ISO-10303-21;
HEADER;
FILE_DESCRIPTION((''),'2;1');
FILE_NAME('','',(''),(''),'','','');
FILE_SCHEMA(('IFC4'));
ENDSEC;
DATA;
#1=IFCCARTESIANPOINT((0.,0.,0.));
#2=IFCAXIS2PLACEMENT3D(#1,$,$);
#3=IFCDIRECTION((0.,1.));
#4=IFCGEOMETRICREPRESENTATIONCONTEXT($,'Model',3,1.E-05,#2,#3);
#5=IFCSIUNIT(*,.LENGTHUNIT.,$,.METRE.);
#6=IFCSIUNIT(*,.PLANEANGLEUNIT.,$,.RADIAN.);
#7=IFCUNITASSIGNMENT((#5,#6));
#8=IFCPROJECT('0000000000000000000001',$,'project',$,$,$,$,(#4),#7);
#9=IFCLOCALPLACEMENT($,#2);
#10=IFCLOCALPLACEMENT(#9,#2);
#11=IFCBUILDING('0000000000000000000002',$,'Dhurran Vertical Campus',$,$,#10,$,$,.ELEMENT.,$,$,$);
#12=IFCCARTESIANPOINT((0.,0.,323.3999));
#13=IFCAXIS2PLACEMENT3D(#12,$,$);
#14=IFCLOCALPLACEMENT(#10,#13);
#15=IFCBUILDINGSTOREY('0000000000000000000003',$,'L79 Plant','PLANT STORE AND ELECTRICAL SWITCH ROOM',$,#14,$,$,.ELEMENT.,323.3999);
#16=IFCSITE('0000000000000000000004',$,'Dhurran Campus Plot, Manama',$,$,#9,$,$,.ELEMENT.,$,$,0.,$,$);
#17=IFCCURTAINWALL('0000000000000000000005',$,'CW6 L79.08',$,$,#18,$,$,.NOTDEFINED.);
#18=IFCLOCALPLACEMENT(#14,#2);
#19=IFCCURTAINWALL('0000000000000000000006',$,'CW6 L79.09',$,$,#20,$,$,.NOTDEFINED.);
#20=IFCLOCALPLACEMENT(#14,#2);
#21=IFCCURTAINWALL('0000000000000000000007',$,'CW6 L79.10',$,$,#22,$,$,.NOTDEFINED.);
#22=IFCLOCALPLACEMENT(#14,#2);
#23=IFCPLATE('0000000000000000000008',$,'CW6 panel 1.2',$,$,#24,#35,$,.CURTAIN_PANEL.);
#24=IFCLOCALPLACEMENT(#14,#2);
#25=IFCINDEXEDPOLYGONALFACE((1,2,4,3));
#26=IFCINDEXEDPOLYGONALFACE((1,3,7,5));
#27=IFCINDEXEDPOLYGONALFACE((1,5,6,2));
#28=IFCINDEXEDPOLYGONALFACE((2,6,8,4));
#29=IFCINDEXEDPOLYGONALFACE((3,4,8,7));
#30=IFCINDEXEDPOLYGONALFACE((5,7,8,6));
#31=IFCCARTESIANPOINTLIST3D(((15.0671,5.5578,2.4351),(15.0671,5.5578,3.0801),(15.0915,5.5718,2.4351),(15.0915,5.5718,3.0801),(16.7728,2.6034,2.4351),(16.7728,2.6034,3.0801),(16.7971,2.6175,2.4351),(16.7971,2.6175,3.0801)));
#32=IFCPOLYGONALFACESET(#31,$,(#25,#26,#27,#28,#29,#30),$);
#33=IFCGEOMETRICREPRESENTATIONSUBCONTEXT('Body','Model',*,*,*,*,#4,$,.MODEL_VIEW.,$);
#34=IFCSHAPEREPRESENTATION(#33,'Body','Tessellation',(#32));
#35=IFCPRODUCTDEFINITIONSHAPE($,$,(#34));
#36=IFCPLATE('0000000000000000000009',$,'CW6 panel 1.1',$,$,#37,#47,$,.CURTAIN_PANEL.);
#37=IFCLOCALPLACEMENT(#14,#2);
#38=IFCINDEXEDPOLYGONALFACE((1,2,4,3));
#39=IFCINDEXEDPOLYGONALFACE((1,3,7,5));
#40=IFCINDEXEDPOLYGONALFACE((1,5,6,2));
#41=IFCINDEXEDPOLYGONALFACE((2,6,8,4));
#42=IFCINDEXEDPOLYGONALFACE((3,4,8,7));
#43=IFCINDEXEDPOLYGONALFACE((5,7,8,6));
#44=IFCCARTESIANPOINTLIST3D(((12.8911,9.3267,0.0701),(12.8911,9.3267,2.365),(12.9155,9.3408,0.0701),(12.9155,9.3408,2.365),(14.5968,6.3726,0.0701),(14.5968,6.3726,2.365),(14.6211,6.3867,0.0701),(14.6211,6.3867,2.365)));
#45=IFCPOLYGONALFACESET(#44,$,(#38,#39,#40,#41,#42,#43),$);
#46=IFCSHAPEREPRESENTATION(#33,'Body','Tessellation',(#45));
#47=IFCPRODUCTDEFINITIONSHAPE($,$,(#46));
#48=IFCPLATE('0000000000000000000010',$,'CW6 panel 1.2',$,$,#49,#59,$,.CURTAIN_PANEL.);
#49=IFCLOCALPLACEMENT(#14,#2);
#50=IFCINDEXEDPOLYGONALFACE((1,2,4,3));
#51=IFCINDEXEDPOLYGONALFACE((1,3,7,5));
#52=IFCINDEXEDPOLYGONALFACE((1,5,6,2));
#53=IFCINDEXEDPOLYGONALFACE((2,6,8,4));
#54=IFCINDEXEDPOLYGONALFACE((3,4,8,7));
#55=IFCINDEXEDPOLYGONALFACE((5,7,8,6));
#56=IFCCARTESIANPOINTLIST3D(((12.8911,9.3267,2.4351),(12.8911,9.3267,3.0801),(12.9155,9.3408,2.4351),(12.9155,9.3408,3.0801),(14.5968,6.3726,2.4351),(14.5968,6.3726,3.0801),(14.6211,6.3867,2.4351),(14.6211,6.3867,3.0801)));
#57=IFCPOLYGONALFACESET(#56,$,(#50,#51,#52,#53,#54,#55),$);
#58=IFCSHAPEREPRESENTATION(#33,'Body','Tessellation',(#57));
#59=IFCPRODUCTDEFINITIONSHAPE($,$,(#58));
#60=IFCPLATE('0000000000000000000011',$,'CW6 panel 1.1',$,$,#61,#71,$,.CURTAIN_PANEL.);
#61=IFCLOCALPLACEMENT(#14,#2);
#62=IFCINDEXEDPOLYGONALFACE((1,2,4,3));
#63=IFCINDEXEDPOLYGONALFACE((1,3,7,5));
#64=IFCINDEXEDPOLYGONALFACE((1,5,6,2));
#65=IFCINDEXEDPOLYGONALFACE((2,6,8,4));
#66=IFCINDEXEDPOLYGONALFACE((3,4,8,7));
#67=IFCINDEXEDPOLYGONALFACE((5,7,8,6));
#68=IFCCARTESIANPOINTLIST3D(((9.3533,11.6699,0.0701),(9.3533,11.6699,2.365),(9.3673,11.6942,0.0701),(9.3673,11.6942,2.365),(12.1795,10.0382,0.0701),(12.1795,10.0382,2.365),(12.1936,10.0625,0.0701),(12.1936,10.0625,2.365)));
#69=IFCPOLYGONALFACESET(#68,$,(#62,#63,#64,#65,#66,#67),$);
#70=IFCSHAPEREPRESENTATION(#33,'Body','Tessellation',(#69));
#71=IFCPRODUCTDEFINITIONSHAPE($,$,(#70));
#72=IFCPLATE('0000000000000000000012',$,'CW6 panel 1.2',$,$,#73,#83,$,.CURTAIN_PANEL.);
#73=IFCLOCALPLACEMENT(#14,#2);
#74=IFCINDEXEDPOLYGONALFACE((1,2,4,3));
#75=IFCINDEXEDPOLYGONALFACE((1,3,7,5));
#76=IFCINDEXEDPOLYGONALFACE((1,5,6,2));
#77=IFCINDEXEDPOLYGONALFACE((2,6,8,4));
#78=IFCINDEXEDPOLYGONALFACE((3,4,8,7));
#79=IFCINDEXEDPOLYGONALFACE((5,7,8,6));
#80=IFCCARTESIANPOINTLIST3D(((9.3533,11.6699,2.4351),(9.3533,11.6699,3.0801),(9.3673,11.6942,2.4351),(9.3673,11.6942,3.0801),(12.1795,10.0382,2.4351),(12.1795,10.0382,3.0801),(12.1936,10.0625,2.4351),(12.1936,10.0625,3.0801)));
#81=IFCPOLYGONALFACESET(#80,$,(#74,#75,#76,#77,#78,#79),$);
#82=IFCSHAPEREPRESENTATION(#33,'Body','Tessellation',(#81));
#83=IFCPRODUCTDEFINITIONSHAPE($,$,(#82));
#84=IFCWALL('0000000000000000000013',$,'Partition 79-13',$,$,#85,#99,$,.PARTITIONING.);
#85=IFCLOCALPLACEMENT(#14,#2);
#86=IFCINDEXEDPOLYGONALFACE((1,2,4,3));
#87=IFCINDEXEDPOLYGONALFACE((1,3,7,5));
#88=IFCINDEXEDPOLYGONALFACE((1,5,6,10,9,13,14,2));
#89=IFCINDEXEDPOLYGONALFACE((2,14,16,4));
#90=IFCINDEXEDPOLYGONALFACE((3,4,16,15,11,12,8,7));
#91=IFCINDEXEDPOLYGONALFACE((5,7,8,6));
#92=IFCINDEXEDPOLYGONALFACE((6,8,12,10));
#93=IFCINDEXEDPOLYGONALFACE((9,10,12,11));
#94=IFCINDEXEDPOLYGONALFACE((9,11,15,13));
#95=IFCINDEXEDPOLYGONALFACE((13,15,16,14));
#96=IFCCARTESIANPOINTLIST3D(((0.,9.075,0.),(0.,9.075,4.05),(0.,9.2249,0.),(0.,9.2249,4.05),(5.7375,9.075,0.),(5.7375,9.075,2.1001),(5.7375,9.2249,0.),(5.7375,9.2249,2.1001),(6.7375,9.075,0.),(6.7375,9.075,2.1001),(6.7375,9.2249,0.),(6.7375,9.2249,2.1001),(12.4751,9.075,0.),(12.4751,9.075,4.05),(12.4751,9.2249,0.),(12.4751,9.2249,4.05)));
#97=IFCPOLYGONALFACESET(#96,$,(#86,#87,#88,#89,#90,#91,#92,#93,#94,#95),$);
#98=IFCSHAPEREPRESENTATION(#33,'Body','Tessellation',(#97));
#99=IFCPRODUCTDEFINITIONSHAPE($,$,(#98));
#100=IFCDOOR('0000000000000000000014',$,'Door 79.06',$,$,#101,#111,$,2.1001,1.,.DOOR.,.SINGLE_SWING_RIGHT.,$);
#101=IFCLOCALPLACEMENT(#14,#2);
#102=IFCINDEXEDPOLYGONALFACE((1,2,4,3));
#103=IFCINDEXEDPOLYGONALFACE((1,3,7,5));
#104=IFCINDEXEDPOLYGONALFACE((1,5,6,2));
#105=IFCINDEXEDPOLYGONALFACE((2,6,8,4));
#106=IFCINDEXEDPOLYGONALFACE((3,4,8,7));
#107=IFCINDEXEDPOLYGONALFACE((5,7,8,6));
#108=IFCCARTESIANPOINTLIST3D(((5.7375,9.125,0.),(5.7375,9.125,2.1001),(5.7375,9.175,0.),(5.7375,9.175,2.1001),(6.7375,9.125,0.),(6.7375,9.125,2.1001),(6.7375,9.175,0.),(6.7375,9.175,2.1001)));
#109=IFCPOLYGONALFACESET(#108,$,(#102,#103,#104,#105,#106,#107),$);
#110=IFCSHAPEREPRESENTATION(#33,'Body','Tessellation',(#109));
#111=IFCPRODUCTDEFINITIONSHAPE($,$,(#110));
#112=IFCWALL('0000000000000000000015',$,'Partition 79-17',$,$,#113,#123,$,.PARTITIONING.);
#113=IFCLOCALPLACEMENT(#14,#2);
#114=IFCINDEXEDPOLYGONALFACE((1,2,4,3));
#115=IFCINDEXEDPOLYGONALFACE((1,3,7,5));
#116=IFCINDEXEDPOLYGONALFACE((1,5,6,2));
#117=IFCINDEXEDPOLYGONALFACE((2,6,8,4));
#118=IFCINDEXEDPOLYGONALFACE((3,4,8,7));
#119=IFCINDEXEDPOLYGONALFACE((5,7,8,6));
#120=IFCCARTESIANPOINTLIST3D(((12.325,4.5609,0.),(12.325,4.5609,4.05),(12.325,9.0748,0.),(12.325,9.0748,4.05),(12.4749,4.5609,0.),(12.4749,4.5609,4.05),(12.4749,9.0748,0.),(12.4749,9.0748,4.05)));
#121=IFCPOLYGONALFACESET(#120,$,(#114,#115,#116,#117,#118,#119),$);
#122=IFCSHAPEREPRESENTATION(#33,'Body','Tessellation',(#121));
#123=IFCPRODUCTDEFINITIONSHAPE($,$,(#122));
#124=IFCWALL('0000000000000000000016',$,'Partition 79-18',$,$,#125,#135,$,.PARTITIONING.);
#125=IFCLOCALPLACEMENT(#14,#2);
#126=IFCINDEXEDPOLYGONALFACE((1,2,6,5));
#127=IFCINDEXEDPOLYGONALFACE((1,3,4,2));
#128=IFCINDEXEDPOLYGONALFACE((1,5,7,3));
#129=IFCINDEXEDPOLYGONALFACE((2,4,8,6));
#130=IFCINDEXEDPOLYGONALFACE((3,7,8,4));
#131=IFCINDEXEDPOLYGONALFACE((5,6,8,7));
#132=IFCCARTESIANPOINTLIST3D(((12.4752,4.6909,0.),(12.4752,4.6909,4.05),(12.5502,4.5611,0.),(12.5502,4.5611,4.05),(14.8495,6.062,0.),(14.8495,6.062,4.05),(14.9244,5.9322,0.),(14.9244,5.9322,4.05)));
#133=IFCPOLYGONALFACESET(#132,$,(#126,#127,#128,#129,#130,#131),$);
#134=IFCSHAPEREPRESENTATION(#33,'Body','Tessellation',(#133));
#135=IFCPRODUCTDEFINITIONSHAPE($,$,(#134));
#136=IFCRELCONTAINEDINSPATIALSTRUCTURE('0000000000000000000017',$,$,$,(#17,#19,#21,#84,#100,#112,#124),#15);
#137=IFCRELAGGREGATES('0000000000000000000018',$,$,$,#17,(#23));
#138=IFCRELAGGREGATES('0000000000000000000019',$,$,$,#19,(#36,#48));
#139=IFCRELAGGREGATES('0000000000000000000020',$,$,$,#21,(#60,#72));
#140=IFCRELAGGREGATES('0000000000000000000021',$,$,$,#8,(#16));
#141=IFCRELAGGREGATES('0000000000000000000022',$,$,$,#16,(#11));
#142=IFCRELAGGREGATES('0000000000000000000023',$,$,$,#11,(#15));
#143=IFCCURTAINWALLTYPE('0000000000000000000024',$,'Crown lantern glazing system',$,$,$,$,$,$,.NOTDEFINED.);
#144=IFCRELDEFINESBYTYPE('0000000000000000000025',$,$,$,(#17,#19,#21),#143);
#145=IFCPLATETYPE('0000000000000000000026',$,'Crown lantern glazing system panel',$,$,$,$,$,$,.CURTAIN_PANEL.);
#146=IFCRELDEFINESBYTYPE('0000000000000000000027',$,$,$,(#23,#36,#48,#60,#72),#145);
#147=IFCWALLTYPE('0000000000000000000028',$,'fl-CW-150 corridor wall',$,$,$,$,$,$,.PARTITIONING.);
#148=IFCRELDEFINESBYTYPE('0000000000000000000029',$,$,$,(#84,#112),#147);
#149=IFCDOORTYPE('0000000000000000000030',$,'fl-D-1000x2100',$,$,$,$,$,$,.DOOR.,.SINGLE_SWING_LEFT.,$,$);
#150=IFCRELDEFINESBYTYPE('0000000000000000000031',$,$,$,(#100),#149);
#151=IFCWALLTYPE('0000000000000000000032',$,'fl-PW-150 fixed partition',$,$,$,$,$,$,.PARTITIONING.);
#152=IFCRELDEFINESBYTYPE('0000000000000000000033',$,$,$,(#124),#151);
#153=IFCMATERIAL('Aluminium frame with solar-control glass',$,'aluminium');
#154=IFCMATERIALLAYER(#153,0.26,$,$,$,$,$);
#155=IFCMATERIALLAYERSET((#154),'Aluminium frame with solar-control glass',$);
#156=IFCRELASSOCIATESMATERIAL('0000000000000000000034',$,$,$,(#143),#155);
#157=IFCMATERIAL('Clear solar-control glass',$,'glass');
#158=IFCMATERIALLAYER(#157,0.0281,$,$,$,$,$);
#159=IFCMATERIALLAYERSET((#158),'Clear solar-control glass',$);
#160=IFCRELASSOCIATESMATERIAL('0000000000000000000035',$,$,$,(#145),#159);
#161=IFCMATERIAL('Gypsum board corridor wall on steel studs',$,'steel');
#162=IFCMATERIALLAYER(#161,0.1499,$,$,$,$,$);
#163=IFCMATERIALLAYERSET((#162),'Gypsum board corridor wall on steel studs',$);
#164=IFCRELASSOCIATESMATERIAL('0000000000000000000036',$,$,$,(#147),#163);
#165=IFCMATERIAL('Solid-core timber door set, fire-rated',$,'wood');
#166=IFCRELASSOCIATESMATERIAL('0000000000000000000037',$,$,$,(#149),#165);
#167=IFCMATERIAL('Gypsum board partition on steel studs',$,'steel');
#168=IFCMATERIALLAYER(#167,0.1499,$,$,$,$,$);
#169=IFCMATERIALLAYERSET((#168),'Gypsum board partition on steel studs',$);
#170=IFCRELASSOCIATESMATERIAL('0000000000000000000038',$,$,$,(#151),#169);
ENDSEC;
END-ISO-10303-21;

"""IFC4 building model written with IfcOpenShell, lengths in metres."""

from ifc_helpers import new_model, si_unit, direction, frame, frame_2d, origin, origin_2d, place, context, subcontext, project, spatial, rectangle, extrude, material, layer, layer_set, type_object, element, fill, aggregate, save


model = new_model("IFC4")

# Units and contexts
model_context = context("Model", 3, precision=1e-05, world=origin(), true_north=direction((0.0, 1.0)))
body_context = subcontext(model_context, "Body", "Model", "MODEL_VIEW")
ifc_project = project(units=[si_unit("LENGTHUNIT", "METRE"), si_unit("PLANEANGLEUNIT", "RADIAN")], contexts=[model_context])

# Site, building, storey
site_placement = place(None, origin())
site = spatial("IfcSite", under=ifc_project, at=site_placement, Name="Dhurran Campus Plot, Manama", CompositionType="ELEMENT", RefElevation=0.0)
building_placement = place(site_placement, origin())
building = spatial("IfcBuilding", under=site, at=building_placement, Name="Dhurran Vertical Campus", CompositionType="ELEMENT")
storey_placement = place(building_placement, frame((0.0, 0.0, 323.3999)))
storey = spatial("IfcBuildingStorey", under=building, at=storey_placement, Name="L79 Plant", Description="PLANT STORE AND ELECTRICAL SWITCH ROOM", CompositionType="ELEMENT", Elevation=323.3999)

# Shared definitions
ifc_material_1 = material(Name="Aluminium frame with solar-control glass", Category="aluminium")
ifc_layer_1 = layer(ifc_material_1, 0.26)
ifc_layer_set_1 = layer_set([ifc_layer_1], Name="Aluminium frame with solar-control glass")
curtain_wall_type = type_object("IfcCurtainWallType", Name="Crown lantern glazing system", PredefinedType="NOTDEFINED", material=ifc_layer_set_1)

# Curtain walls
curtain_wall_1_placement = place(storey_placement, origin())
curtain_wall_1 = element("IfcCurtainWall", 1, at=curtain_wall_1_placement, inside=storey, type_object=curtain_wall_type, Name="CW6 L79.08", PredefinedType="NOTDEFINED")
curtain_wall_2_placement = place(storey_placement, origin())
curtain_wall_2 = element("IfcCurtainWall", 2, at=curtain_wall_2_placement, inside=storey, type_object=curtain_wall_type, Name="CW6 L79.09", PredefinedType="NOTDEFINED")
curtain_wall_3_placement = place(storey_placement, origin())
curtain_wall_3 = element("IfcCurtainWall", 3, at=curtain_wall_3_placement, inside=storey, type_object=curtain_wall_type, Name="CW6 L79.10", PredefinedType="NOTDEFINED")

# Plates
ifc_material_2 = material(Name="Clear solar-control glass", Category="glass")
ifc_layer_2 = layer(ifc_material_2, 0.0281)
ifc_layer_set_2 = layer_set([ifc_layer_2], Name="Clear solar-control glass")
plate_type = type_object("IfcPlateType", Name="Crown lantern glazing system panel", PredefinedType="CURTAIN_PANEL", material=ifc_layer_set_2)
plate_1_placement = place(storey_placement, frame((15.9321, 4.0876, 2.4351), z_axis=(0.0, 0.0, 1.0), x_axis=(-0.499991, 0.86603, 0.0)))
plate_1 = element("IfcPlate", 4, at=plate_1_placement, type_object=plate_type, Name="CW6 panel 1.2", PredefinedType="CURTAIN_PANEL", context=body_context, shape_type="SweptSolid", body=[
    extrude(rectangle(XDim=3.4114, YDim=0.0281, at=origin_2d()), origin(), (0.0, 0.0, 1.0), 0.645),
])
aggregate(curtain_wall_1, [plate_1])
plate_2_placement = place(storey_placement, frame((13.7561, 7.8567, 0.0701), z_axis=(0.0, 0.0, 1.0), x_axis=(-0.500016, 0.866016, 0.0)))
plate_2 = element("IfcPlate", 5, at=plate_2_placement, type_object=plate_type, Name="CW6 panel 1.1", PredefinedType="CURTAIN_PANEL", context=body_context, shape_type="SweptSolid", body=[
    extrude(rectangle(XDim=3.4111, YDim=0.0281, at=origin_2d()), origin(), (0.0, 0.0, 1.0), 2.2949),
])
plate_3_placement = place(storey_placement, frame((13.7561, 7.8567, 2.4351), z_axis=(0.0, 0.0, 1.0), x_axis=(-0.500016, 0.866016, 0.0)))
plate_3 = element("IfcPlate", 6, at=plate_3_placement, type_object=plate_type, Name="CW6 panel 1.2", PredefinedType="CURTAIN_PANEL", context=body_context, shape_type="SweptSolid", body=[
    extrude(rectangle(XDim=3.4111, YDim=0.0281, at=origin_2d()), origin(), (0.0, 0.0, 1.0), 0.645),
])
aggregate(curtain_wall_2, [plate_2, plate_3])
plate_4_placement = place(storey_placement, frame((10.7734, 10.8662, 0.0701), z_axis=(0.0, 0.0, 1.0), x_axis=(-0.86603, 0.499991, 0.0)))
plate_4 = element("IfcPlate", 7, at=plate_4_placement, type_object=plate_type, Name="CW6 panel 1.1", PredefinedType="CURTAIN_PANEL", context=body_context, shape_type="SweptSolid", body=[
    extrude(rectangle(XDim=3.2634, YDim=0.0281, at=origin_2d()), origin(), (0.0, 0.0, 1.0), 2.2949),
])
plate_5_placement = place(storey_placement, frame((10.7734, 10.8662, 2.4351), z_axis=(0.0, 0.0, 1.0), x_axis=(-0.86603, 0.499991, 0.0)))
plate_5 = element("IfcPlate", 8, at=plate_5_placement, type_object=plate_type, Name="CW6 panel 1.2", PredefinedType="CURTAIN_PANEL", context=body_context, shape_type="SweptSolid", body=[
    extrude(rectangle(XDim=3.2634, YDim=0.0281, at=origin_2d()), origin(), (0.0, 0.0, 1.0), 0.645),
])
aggregate(curtain_wall_3, [plate_4, plate_5])

# Wall, opening, door
ifc_material_3 = material(Name="Gypsum board corridor wall on steel studs", Category="steel")
ifc_layer_3 = layer(ifc_material_3, 0.1499)
ifc_layer_set_3 = layer_set([ifc_layer_3], Name="Gypsum board corridor wall on steel studs")
wall_type_1 = type_object("IfcWallType", Name="fl-CW-150 corridor wall", PredefinedType="PARTITIONING", material=ifc_layer_set_3)
wall_1_placement = place(storey_placement, frame((12.4751, 9.1499, 0.0), z_axis=(0.0, 0.0, 1.0), x_axis=(-1.0, 0.0, 0.0)))
wall_1 = element("IfcWall", 9, at=wall_1_placement, inside=storey, type_object=wall_type_1, Name="Partition 79-13", PredefinedType="PARTITIONING", context=body_context, shape_type="SweptSolid", body=[
    extrude(rectangle(XDim=12.4751, YDim=0.1499, at=frame_2d((6.2375, 0.0))), origin(), (0.0, 0.0, 1.0), 4.05),
])
opening_placement = place(wall_1_placement, frame((5.7375, 0.0, 0.0)))
opening = element("IfcOpeningElement", 10, at=opening_placement, cuts=wall_1, PredefinedType="OPENING", context=body_context, shape_type="SweptSolid", body=[
    extrude(rectangle(XDim=1.0, YDim=2.1001, at=frame_2d((0.5, 1.05))), frame((0.0, 0.085, 0.0), z_axis=(0.0, -1.0, 0.0), x_axis=(1.0, 0.0, 0.0)), (0.0, 0.0, 1.0), 0.1699),
])
ifc_material_4 = material(Name="Solid-core timber door set, fire-rated", Category="wood")
door_type = type_object("IfcDoorType", Name="fl-D-1000x2100", OperationType="SINGLE_SWING_LEFT", PredefinedType="DOOR", material=ifc_material_4)
door_placement = place(opening_placement, origin())
door = element("IfcDoor", 11, at=door_placement, inside=storey, type_object=door_type, Name="Door 79.06", OperationType="SINGLE_SWING_RIGHT", OverallHeight=2.1001, OverallWidth=1.0, PredefinedType="DOOR", context=body_context, shape_type="SweptSolid", body=[
    extrude(rectangle(XDim=1.0, YDim=2.1001, at=frame_2d((0.5, 1.05))), frame((0.0, 0.0249, 0.0), z_axis=(0.0, -1.0, 0.0), x_axis=(1.0, 0.0, 0.0)), (0.0, 0.0, 1.0), 0.05),
])
fill(opening, door)

# Walls
wall_2_placement = place(storey_placement, frame((12.3999, 4.561, 0.0), z_axis=(0.0, 0.0, 1.0), x_axis=(0.0, 1.0, 0.0)))
element("IfcWall", 12, at=wall_2_placement, inside=storey, type_object=wall_type_1, Name="Partition 79-17", PredefinedType="PARTITIONING", context=body_context, shape_type="SweptSolid", body=[
    extrude(rectangle(XDim=4.5139, YDim=0.1499, at=frame_2d((2.2568, 0.0))), origin(), (0.0, 0.0, 1.0), 4.05),
])
ifc_material_5 = material(Name="Gypsum board partition on steel studs", Category="steel")
ifc_layer_4 = layer(ifc_material_5, 0.1499)
ifc_layer_set_4 = layer_set([ifc_layer_4], Name="Gypsum board partition on steel studs")
wall_type_2 = type_object("IfcWallType", Name="fl-PW-150 fixed partition", PredefinedType="PARTITIONING", material=ifc_layer_set_4)
wall_3_placement = place(storey_placement, frame((14.887, 5.9971, 0.0), z_axis=(0.0, 0.0, 1.0), x_axis=(-0.865976, -0.500085, 0.0)))
element("IfcWall", 13, at=wall_3_placement, inside=storey, type_object=wall_type_2, Name="Partition 79-18", PredefinedType="PARTITIONING", context=body_context, shape_type="SweptSolid", body=[
    extrude(rectangle(XDim=2.7417, YDim=0.1499, at=frame_2d((1.3708, 0.0))), origin(), (0.0, 0.0, 1.0), 4.05),
])

save(model, "model.ifc")
